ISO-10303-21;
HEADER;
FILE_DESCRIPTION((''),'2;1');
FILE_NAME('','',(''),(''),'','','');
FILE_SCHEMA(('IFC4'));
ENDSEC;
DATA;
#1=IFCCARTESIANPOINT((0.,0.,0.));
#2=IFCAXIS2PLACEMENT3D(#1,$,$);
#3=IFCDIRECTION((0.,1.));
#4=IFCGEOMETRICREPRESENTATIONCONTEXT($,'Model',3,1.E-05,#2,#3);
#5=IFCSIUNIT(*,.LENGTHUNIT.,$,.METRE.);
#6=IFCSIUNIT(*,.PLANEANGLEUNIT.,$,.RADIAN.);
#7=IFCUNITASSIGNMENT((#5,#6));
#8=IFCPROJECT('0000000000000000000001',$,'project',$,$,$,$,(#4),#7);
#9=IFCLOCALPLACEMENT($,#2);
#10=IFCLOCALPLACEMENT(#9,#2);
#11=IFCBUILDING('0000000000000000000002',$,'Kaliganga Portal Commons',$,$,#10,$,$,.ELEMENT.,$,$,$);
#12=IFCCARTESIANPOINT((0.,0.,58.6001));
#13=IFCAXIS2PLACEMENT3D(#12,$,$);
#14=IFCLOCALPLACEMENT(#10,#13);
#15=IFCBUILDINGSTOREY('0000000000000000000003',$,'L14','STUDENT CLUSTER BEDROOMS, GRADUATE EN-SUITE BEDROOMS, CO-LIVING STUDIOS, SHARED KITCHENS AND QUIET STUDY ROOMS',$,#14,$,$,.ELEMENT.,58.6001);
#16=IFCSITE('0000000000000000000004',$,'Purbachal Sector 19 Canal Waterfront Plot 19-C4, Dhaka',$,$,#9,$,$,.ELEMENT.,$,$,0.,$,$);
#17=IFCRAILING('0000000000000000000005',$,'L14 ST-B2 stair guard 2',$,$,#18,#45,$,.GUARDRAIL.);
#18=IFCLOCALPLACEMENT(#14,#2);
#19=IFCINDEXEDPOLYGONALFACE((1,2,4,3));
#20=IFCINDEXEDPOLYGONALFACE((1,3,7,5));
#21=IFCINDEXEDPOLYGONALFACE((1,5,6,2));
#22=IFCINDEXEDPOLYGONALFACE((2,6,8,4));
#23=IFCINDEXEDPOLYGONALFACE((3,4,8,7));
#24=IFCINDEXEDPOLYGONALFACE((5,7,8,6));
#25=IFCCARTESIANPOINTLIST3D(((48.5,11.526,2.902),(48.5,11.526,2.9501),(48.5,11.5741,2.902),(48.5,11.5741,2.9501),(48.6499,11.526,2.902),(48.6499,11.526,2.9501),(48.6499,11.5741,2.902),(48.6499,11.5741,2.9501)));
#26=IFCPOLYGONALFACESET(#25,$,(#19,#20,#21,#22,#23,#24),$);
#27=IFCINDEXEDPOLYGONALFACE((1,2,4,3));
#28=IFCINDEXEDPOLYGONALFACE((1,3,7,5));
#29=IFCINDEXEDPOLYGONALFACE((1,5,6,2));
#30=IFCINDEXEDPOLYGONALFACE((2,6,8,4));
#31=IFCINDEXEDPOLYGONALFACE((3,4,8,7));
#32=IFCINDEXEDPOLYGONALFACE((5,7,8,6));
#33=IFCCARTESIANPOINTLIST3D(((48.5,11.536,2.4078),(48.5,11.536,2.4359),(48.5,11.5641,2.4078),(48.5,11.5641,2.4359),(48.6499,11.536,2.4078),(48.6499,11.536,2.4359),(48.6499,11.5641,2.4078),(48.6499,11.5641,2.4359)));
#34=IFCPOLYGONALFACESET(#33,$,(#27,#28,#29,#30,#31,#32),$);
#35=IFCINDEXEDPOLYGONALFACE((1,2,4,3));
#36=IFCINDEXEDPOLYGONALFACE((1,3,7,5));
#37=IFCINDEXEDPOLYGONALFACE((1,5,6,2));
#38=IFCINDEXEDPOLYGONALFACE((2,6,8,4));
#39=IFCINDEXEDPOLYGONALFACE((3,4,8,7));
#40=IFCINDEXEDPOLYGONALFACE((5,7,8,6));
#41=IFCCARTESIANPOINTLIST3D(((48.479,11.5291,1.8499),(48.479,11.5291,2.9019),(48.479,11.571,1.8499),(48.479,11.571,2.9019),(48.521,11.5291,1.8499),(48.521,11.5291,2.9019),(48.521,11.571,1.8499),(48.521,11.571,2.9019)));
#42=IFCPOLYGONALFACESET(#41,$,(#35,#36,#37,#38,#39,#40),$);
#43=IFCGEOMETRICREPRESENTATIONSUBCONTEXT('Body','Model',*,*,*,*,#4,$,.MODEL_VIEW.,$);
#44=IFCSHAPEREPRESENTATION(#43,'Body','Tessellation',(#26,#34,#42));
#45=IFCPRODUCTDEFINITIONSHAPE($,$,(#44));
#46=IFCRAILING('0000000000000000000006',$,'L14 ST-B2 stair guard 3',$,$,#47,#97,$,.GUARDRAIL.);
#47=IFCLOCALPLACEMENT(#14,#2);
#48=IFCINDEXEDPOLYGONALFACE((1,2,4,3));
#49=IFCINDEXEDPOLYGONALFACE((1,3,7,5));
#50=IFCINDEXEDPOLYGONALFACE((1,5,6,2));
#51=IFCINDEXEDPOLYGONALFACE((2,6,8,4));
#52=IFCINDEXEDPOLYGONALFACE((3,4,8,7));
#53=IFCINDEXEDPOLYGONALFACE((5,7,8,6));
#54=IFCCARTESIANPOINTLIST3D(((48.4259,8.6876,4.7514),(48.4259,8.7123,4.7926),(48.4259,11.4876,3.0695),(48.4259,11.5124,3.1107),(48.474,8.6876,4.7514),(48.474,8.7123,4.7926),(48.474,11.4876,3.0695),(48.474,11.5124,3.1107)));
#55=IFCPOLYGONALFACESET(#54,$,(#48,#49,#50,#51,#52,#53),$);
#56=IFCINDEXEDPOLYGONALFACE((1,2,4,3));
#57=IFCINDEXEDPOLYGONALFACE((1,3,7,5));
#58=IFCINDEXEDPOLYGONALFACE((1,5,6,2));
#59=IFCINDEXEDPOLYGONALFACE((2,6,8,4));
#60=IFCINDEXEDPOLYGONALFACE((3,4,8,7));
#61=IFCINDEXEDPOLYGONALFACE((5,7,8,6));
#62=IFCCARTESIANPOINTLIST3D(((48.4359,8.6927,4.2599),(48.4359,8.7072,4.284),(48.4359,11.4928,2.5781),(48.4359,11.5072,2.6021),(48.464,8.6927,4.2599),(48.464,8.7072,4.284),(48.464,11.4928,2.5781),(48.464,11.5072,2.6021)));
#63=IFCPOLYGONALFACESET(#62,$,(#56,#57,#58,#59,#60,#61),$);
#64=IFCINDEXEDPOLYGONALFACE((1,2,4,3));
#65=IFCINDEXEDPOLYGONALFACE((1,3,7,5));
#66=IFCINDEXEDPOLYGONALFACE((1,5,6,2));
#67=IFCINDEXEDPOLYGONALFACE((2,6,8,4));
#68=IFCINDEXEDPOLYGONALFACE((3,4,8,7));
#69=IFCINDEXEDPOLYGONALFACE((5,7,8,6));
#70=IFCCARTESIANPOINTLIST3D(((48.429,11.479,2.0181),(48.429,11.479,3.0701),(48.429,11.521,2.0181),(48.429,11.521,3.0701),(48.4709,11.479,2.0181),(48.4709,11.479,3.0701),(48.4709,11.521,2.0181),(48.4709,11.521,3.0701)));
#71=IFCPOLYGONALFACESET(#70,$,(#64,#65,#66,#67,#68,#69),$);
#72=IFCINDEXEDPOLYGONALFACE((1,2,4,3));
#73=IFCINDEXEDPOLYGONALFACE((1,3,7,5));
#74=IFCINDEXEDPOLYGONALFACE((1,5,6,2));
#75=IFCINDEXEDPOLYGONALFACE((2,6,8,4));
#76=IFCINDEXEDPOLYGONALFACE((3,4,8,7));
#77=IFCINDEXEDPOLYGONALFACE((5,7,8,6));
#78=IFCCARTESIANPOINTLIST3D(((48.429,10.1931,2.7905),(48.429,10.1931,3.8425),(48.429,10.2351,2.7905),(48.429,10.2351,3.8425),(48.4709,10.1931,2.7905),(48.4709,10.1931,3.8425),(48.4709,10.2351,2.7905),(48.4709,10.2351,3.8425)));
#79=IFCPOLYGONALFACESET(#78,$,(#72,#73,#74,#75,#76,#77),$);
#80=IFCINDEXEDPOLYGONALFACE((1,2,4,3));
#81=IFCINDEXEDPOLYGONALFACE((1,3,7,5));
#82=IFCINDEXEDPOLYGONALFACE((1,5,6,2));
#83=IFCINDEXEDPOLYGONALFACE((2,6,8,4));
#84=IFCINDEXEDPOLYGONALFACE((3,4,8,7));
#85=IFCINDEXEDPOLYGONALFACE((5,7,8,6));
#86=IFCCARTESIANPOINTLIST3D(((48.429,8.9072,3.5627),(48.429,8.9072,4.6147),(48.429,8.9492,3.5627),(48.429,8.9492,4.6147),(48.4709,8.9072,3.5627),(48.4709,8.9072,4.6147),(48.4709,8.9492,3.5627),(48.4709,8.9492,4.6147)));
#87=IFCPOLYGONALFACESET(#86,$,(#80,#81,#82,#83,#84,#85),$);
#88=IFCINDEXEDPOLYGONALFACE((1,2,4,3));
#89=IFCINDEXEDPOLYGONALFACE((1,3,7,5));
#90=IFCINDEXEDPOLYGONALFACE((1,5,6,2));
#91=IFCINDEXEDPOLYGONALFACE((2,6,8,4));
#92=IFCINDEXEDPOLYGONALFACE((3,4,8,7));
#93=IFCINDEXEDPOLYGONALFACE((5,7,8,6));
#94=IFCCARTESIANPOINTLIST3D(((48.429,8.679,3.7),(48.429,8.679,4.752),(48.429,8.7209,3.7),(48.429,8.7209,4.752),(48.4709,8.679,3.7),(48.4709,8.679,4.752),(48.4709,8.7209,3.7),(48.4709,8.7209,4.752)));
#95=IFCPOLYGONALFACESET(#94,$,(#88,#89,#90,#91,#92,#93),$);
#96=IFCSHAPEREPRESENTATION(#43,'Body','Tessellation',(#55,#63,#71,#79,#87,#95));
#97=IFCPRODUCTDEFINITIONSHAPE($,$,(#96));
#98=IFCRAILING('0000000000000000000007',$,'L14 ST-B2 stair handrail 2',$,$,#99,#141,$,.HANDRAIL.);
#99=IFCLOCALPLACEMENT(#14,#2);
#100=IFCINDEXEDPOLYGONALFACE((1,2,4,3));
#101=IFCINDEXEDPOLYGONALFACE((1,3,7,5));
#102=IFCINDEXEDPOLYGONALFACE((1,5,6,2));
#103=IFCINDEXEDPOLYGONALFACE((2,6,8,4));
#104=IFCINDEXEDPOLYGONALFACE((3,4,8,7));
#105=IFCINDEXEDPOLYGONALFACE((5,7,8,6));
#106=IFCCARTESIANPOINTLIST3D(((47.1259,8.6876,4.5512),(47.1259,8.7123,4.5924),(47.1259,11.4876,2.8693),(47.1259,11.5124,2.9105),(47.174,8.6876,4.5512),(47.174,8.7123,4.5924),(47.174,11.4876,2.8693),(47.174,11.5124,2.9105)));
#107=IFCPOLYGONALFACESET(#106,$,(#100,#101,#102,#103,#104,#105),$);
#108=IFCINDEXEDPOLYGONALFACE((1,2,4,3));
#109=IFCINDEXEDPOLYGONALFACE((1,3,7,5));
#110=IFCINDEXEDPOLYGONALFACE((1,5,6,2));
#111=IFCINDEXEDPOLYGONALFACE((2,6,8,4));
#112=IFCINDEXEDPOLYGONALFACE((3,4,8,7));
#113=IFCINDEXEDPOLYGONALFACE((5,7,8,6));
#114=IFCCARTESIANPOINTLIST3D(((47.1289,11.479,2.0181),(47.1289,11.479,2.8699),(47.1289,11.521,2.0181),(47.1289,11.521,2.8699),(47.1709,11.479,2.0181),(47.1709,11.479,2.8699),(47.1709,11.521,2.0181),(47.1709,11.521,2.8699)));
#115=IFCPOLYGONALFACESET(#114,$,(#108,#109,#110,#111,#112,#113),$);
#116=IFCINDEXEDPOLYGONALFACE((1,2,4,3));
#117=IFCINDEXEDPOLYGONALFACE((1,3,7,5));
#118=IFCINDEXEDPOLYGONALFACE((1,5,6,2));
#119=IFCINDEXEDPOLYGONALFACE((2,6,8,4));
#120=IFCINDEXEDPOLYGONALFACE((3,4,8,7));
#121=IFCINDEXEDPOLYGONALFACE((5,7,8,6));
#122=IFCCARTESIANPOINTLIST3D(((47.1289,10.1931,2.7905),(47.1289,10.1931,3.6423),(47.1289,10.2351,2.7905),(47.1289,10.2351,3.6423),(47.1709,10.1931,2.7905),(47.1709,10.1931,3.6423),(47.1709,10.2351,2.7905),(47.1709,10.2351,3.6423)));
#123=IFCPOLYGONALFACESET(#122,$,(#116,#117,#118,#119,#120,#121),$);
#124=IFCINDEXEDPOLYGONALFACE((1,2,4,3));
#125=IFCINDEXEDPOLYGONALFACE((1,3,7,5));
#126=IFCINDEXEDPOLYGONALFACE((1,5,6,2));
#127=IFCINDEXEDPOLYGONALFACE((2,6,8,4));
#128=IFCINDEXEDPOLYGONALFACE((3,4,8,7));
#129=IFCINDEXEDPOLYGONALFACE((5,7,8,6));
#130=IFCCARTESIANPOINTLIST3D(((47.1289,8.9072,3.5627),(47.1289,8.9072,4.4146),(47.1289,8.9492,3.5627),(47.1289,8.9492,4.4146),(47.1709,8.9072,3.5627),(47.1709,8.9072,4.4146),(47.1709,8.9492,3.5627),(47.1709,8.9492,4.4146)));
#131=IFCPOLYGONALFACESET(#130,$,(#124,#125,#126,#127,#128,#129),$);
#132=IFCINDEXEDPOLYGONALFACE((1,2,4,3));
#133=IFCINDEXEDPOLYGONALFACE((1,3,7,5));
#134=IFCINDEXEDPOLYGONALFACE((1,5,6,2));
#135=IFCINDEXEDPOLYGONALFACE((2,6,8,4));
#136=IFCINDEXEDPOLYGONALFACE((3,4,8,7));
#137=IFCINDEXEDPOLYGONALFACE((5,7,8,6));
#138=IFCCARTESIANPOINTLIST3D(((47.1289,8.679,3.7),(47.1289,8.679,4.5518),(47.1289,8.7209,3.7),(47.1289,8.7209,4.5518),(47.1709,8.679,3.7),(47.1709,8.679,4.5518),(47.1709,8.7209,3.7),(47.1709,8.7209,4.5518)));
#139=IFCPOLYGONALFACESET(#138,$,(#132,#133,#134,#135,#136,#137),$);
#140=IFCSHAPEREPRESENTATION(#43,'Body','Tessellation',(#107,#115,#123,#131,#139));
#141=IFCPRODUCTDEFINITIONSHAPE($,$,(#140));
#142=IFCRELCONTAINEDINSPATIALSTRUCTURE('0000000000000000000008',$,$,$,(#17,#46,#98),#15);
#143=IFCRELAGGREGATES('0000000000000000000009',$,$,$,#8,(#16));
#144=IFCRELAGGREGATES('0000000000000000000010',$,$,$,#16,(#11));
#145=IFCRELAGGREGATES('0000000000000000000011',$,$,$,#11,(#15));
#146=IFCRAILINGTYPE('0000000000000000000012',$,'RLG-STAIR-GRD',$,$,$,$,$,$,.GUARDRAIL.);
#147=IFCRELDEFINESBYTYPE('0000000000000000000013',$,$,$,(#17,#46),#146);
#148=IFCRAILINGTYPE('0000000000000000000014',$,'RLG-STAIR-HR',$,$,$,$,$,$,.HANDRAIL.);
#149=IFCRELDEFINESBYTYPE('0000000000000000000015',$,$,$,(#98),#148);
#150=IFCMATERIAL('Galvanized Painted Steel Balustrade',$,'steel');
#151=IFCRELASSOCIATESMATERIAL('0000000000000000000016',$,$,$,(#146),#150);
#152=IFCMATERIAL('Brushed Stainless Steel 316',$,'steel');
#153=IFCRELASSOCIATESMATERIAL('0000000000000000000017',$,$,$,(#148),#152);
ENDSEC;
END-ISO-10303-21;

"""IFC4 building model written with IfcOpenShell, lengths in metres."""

from ifc_helpers import new_model, si_unit, direction, frame, origin, origin_2d, place, context, subcontext, project, spatial, rectangle, extrude, material, type_object, element, save


model = new_model("IFC4")

# Units and contexts
model_context = context("Model", 3, precision=1e-05, world=origin(), true_north=direction((0.0, 1.0)))
body_context = subcontext(model_context, "Body", "Model", "MODEL_VIEW")
ifc_project = project(units=[si_unit("LENGTHUNIT", "METRE"), si_unit("PLANEANGLEUNIT", "RADIAN")], contexts=[model_context])

# Site, building, storey
site_placement = place(None, origin())
site = spatial("IfcSite", under=ifc_project, at=site_placement, Name="Purbachal Sector 19 Canal Waterfront Plot 19-C4, Dhaka", CompositionType="ELEMENT", RefElevation=0.0)
building_placement = place(site_placement, origin())
building = spatial("IfcBuilding", under=site, at=building_placement, Name="Kaliganga Portal Commons", CompositionType="ELEMENT")
storey_placement = place(building_placement, frame((0.0, 0.0, 58.6001)))
storey = spatial("IfcBuildingStorey", under=building, at=storey_placement, Name="L14", Description="STUDENT CLUSTER BEDROOMS, GRADUATE EN-SUITE BEDROOMS, CO-LIVING STUDIOS, SHARED KITCHENS AND QUIET STUDY ROOMS", CompositionType="ELEMENT", Elevation=58.6001)

# Railings
ifc_material_1 = material(Name="Galvanized Painted Steel Balustrade", Category="steel")
railing_type_1 = type_object("IfcRailingType", Name="RLG-STAIR-GRD", PredefinedType="GUARDRAIL", material=ifc_material_1)
railing_1_placement = place(storey_placement, frame((48.6499, 11.55, 1.8499)))
element("IfcRailing", 1, at=railing_1_placement, inside=storey, type_object=railing_type_1, Name="L14 ST-B2 stair guard 2", PredefinedType="GUARDRAIL", context=body_context, shape_type="SweptSolid", body=[
    extrude(rectangle(XDim=0.0481, YDim=0.0481, at=origin_2d()), frame((0.0, 0.0, 1.0762), z_axis=(-1.0, 0.0, 0.0), x_axis=(0.0, -1.0, 0.0)), (0.0, 0.0, 1.0), 0.1499),
    extrude(rectangle(XDim=0.0281, YDim=0.0281, at=origin_2d()), frame((0.0, 0.0, 0.572), z_axis=(-1.0, 0.0, 0.0), x_axis=(0.0, -1.0, 0.0)), (0.0, 0.0, 1.0), 0.1499),
    extrude(rectangle(XDim=0.042, YDim=0.042, at=origin_2d()), frame((-0.1499, 0.0, 0.0)), (0.0, 0.0, 1.0), 1.052),
])
railing_2_placement = place(storey_placement, frame((48.45, 11.5, 2.0181)))
element("IfcRailing", 2, at=railing_2_placement, inside=storey, type_object=railing_type_1, Name="L14 ST-B2 stair guard 3", PredefinedType="GUARDRAIL", context=body_context, shape_type="SweptSolid", body=[
    extrude(rectangle(XDim=0.0481, YDim=0.0481, at=origin_2d()), frame((0.0, 0.0, 1.072), z_axis=(0.0, -0.857242, 0.514913), x_axis=(1.0, 0.0, 0.0)), (0.0, 0.0, 1.0), 3.2664),
    extrude(rectangle(XDim=0.0281, YDim=0.0281, at=origin_2d()), frame((0.0, 0.0, 0.572), z_axis=(0.0, -0.857242, 0.514913), x_axis=(1.0, 0.0, 0.0)), (0.0, 0.0, 1.0), 3.2664),
    extrude(rectangle(XDim=0.042, YDim=0.042, at=origin_2d()), origin(), (0.0, 0.0, 1.0), 1.052),
    extrude(rectangle(XDim=0.042, YDim=0.042, at=origin_2d()), frame((0.0, -1.2859, 0.7725)), (0.0, 0.0, 1.0), 1.052),
    extrude(rectangle(XDim=0.042, YDim=0.042, at=origin_2d()), frame((0.0, -2.5718, 1.5447)), (0.0, 0.0, 1.0), 1.052),
    extrude(rectangle(XDim=0.042, YDim=0.042, at=origin_2d()), frame((0.0, -2.8, 1.6819)), (0.0, 0.0, 1.0), 1.052),
])
ifc_material_2 = material(Name="Brushed Stainless Steel 316", Category="steel")
railing_type_2 = type_object("IfcRailingType", Name="RLG-STAIR-HR", PredefinedType="HANDRAIL", material=ifc_material_2)
railing_3_placement = place(storey_placement, frame((47.1499, 11.5, 2.0181)))
element("IfcRailing", 3, at=railing_3_placement, inside=storey, type_object=railing_type_2, Name="L14 ST-B2 stair handrail 2", PredefinedType="HANDRAIL", context=body_context, shape_type="SweptSolid", body=[
    extrude(rectangle(XDim=0.0481, YDim=0.0481, at=origin_2d()), frame((0.0, 0.0, 0.8718), z_axis=(0.0, -0.857242, 0.514913), x_axis=(1.0, 0.0, 0.0)), (0.0, 0.0, 1.0), 3.2664),
    extrude(rectangle(XDim=0.042, YDim=0.042, at=origin_2d()), origin(), (0.0, 0.0, 1.0), 0.8518),
    extrude(rectangle(XDim=0.042, YDim=0.042, at=origin_2d()), frame((0.0, -1.2859, 0.7725)), (0.0, 0.0, 1.0), 0.8518),
    extrude(rectangle(XDim=0.042, YDim=0.042, at=origin_2d()), frame((0.0, -2.5718, 1.5447)), (0.0, 0.0, 1.0), 0.8518),
    extrude(rectangle(XDim=0.042, YDim=0.042, at=origin_2d()), frame((0.0, -2.8, 1.6819)), (0.0, 0.0, 1.0), 0.8518),
])

save(model, "model.ifc")
